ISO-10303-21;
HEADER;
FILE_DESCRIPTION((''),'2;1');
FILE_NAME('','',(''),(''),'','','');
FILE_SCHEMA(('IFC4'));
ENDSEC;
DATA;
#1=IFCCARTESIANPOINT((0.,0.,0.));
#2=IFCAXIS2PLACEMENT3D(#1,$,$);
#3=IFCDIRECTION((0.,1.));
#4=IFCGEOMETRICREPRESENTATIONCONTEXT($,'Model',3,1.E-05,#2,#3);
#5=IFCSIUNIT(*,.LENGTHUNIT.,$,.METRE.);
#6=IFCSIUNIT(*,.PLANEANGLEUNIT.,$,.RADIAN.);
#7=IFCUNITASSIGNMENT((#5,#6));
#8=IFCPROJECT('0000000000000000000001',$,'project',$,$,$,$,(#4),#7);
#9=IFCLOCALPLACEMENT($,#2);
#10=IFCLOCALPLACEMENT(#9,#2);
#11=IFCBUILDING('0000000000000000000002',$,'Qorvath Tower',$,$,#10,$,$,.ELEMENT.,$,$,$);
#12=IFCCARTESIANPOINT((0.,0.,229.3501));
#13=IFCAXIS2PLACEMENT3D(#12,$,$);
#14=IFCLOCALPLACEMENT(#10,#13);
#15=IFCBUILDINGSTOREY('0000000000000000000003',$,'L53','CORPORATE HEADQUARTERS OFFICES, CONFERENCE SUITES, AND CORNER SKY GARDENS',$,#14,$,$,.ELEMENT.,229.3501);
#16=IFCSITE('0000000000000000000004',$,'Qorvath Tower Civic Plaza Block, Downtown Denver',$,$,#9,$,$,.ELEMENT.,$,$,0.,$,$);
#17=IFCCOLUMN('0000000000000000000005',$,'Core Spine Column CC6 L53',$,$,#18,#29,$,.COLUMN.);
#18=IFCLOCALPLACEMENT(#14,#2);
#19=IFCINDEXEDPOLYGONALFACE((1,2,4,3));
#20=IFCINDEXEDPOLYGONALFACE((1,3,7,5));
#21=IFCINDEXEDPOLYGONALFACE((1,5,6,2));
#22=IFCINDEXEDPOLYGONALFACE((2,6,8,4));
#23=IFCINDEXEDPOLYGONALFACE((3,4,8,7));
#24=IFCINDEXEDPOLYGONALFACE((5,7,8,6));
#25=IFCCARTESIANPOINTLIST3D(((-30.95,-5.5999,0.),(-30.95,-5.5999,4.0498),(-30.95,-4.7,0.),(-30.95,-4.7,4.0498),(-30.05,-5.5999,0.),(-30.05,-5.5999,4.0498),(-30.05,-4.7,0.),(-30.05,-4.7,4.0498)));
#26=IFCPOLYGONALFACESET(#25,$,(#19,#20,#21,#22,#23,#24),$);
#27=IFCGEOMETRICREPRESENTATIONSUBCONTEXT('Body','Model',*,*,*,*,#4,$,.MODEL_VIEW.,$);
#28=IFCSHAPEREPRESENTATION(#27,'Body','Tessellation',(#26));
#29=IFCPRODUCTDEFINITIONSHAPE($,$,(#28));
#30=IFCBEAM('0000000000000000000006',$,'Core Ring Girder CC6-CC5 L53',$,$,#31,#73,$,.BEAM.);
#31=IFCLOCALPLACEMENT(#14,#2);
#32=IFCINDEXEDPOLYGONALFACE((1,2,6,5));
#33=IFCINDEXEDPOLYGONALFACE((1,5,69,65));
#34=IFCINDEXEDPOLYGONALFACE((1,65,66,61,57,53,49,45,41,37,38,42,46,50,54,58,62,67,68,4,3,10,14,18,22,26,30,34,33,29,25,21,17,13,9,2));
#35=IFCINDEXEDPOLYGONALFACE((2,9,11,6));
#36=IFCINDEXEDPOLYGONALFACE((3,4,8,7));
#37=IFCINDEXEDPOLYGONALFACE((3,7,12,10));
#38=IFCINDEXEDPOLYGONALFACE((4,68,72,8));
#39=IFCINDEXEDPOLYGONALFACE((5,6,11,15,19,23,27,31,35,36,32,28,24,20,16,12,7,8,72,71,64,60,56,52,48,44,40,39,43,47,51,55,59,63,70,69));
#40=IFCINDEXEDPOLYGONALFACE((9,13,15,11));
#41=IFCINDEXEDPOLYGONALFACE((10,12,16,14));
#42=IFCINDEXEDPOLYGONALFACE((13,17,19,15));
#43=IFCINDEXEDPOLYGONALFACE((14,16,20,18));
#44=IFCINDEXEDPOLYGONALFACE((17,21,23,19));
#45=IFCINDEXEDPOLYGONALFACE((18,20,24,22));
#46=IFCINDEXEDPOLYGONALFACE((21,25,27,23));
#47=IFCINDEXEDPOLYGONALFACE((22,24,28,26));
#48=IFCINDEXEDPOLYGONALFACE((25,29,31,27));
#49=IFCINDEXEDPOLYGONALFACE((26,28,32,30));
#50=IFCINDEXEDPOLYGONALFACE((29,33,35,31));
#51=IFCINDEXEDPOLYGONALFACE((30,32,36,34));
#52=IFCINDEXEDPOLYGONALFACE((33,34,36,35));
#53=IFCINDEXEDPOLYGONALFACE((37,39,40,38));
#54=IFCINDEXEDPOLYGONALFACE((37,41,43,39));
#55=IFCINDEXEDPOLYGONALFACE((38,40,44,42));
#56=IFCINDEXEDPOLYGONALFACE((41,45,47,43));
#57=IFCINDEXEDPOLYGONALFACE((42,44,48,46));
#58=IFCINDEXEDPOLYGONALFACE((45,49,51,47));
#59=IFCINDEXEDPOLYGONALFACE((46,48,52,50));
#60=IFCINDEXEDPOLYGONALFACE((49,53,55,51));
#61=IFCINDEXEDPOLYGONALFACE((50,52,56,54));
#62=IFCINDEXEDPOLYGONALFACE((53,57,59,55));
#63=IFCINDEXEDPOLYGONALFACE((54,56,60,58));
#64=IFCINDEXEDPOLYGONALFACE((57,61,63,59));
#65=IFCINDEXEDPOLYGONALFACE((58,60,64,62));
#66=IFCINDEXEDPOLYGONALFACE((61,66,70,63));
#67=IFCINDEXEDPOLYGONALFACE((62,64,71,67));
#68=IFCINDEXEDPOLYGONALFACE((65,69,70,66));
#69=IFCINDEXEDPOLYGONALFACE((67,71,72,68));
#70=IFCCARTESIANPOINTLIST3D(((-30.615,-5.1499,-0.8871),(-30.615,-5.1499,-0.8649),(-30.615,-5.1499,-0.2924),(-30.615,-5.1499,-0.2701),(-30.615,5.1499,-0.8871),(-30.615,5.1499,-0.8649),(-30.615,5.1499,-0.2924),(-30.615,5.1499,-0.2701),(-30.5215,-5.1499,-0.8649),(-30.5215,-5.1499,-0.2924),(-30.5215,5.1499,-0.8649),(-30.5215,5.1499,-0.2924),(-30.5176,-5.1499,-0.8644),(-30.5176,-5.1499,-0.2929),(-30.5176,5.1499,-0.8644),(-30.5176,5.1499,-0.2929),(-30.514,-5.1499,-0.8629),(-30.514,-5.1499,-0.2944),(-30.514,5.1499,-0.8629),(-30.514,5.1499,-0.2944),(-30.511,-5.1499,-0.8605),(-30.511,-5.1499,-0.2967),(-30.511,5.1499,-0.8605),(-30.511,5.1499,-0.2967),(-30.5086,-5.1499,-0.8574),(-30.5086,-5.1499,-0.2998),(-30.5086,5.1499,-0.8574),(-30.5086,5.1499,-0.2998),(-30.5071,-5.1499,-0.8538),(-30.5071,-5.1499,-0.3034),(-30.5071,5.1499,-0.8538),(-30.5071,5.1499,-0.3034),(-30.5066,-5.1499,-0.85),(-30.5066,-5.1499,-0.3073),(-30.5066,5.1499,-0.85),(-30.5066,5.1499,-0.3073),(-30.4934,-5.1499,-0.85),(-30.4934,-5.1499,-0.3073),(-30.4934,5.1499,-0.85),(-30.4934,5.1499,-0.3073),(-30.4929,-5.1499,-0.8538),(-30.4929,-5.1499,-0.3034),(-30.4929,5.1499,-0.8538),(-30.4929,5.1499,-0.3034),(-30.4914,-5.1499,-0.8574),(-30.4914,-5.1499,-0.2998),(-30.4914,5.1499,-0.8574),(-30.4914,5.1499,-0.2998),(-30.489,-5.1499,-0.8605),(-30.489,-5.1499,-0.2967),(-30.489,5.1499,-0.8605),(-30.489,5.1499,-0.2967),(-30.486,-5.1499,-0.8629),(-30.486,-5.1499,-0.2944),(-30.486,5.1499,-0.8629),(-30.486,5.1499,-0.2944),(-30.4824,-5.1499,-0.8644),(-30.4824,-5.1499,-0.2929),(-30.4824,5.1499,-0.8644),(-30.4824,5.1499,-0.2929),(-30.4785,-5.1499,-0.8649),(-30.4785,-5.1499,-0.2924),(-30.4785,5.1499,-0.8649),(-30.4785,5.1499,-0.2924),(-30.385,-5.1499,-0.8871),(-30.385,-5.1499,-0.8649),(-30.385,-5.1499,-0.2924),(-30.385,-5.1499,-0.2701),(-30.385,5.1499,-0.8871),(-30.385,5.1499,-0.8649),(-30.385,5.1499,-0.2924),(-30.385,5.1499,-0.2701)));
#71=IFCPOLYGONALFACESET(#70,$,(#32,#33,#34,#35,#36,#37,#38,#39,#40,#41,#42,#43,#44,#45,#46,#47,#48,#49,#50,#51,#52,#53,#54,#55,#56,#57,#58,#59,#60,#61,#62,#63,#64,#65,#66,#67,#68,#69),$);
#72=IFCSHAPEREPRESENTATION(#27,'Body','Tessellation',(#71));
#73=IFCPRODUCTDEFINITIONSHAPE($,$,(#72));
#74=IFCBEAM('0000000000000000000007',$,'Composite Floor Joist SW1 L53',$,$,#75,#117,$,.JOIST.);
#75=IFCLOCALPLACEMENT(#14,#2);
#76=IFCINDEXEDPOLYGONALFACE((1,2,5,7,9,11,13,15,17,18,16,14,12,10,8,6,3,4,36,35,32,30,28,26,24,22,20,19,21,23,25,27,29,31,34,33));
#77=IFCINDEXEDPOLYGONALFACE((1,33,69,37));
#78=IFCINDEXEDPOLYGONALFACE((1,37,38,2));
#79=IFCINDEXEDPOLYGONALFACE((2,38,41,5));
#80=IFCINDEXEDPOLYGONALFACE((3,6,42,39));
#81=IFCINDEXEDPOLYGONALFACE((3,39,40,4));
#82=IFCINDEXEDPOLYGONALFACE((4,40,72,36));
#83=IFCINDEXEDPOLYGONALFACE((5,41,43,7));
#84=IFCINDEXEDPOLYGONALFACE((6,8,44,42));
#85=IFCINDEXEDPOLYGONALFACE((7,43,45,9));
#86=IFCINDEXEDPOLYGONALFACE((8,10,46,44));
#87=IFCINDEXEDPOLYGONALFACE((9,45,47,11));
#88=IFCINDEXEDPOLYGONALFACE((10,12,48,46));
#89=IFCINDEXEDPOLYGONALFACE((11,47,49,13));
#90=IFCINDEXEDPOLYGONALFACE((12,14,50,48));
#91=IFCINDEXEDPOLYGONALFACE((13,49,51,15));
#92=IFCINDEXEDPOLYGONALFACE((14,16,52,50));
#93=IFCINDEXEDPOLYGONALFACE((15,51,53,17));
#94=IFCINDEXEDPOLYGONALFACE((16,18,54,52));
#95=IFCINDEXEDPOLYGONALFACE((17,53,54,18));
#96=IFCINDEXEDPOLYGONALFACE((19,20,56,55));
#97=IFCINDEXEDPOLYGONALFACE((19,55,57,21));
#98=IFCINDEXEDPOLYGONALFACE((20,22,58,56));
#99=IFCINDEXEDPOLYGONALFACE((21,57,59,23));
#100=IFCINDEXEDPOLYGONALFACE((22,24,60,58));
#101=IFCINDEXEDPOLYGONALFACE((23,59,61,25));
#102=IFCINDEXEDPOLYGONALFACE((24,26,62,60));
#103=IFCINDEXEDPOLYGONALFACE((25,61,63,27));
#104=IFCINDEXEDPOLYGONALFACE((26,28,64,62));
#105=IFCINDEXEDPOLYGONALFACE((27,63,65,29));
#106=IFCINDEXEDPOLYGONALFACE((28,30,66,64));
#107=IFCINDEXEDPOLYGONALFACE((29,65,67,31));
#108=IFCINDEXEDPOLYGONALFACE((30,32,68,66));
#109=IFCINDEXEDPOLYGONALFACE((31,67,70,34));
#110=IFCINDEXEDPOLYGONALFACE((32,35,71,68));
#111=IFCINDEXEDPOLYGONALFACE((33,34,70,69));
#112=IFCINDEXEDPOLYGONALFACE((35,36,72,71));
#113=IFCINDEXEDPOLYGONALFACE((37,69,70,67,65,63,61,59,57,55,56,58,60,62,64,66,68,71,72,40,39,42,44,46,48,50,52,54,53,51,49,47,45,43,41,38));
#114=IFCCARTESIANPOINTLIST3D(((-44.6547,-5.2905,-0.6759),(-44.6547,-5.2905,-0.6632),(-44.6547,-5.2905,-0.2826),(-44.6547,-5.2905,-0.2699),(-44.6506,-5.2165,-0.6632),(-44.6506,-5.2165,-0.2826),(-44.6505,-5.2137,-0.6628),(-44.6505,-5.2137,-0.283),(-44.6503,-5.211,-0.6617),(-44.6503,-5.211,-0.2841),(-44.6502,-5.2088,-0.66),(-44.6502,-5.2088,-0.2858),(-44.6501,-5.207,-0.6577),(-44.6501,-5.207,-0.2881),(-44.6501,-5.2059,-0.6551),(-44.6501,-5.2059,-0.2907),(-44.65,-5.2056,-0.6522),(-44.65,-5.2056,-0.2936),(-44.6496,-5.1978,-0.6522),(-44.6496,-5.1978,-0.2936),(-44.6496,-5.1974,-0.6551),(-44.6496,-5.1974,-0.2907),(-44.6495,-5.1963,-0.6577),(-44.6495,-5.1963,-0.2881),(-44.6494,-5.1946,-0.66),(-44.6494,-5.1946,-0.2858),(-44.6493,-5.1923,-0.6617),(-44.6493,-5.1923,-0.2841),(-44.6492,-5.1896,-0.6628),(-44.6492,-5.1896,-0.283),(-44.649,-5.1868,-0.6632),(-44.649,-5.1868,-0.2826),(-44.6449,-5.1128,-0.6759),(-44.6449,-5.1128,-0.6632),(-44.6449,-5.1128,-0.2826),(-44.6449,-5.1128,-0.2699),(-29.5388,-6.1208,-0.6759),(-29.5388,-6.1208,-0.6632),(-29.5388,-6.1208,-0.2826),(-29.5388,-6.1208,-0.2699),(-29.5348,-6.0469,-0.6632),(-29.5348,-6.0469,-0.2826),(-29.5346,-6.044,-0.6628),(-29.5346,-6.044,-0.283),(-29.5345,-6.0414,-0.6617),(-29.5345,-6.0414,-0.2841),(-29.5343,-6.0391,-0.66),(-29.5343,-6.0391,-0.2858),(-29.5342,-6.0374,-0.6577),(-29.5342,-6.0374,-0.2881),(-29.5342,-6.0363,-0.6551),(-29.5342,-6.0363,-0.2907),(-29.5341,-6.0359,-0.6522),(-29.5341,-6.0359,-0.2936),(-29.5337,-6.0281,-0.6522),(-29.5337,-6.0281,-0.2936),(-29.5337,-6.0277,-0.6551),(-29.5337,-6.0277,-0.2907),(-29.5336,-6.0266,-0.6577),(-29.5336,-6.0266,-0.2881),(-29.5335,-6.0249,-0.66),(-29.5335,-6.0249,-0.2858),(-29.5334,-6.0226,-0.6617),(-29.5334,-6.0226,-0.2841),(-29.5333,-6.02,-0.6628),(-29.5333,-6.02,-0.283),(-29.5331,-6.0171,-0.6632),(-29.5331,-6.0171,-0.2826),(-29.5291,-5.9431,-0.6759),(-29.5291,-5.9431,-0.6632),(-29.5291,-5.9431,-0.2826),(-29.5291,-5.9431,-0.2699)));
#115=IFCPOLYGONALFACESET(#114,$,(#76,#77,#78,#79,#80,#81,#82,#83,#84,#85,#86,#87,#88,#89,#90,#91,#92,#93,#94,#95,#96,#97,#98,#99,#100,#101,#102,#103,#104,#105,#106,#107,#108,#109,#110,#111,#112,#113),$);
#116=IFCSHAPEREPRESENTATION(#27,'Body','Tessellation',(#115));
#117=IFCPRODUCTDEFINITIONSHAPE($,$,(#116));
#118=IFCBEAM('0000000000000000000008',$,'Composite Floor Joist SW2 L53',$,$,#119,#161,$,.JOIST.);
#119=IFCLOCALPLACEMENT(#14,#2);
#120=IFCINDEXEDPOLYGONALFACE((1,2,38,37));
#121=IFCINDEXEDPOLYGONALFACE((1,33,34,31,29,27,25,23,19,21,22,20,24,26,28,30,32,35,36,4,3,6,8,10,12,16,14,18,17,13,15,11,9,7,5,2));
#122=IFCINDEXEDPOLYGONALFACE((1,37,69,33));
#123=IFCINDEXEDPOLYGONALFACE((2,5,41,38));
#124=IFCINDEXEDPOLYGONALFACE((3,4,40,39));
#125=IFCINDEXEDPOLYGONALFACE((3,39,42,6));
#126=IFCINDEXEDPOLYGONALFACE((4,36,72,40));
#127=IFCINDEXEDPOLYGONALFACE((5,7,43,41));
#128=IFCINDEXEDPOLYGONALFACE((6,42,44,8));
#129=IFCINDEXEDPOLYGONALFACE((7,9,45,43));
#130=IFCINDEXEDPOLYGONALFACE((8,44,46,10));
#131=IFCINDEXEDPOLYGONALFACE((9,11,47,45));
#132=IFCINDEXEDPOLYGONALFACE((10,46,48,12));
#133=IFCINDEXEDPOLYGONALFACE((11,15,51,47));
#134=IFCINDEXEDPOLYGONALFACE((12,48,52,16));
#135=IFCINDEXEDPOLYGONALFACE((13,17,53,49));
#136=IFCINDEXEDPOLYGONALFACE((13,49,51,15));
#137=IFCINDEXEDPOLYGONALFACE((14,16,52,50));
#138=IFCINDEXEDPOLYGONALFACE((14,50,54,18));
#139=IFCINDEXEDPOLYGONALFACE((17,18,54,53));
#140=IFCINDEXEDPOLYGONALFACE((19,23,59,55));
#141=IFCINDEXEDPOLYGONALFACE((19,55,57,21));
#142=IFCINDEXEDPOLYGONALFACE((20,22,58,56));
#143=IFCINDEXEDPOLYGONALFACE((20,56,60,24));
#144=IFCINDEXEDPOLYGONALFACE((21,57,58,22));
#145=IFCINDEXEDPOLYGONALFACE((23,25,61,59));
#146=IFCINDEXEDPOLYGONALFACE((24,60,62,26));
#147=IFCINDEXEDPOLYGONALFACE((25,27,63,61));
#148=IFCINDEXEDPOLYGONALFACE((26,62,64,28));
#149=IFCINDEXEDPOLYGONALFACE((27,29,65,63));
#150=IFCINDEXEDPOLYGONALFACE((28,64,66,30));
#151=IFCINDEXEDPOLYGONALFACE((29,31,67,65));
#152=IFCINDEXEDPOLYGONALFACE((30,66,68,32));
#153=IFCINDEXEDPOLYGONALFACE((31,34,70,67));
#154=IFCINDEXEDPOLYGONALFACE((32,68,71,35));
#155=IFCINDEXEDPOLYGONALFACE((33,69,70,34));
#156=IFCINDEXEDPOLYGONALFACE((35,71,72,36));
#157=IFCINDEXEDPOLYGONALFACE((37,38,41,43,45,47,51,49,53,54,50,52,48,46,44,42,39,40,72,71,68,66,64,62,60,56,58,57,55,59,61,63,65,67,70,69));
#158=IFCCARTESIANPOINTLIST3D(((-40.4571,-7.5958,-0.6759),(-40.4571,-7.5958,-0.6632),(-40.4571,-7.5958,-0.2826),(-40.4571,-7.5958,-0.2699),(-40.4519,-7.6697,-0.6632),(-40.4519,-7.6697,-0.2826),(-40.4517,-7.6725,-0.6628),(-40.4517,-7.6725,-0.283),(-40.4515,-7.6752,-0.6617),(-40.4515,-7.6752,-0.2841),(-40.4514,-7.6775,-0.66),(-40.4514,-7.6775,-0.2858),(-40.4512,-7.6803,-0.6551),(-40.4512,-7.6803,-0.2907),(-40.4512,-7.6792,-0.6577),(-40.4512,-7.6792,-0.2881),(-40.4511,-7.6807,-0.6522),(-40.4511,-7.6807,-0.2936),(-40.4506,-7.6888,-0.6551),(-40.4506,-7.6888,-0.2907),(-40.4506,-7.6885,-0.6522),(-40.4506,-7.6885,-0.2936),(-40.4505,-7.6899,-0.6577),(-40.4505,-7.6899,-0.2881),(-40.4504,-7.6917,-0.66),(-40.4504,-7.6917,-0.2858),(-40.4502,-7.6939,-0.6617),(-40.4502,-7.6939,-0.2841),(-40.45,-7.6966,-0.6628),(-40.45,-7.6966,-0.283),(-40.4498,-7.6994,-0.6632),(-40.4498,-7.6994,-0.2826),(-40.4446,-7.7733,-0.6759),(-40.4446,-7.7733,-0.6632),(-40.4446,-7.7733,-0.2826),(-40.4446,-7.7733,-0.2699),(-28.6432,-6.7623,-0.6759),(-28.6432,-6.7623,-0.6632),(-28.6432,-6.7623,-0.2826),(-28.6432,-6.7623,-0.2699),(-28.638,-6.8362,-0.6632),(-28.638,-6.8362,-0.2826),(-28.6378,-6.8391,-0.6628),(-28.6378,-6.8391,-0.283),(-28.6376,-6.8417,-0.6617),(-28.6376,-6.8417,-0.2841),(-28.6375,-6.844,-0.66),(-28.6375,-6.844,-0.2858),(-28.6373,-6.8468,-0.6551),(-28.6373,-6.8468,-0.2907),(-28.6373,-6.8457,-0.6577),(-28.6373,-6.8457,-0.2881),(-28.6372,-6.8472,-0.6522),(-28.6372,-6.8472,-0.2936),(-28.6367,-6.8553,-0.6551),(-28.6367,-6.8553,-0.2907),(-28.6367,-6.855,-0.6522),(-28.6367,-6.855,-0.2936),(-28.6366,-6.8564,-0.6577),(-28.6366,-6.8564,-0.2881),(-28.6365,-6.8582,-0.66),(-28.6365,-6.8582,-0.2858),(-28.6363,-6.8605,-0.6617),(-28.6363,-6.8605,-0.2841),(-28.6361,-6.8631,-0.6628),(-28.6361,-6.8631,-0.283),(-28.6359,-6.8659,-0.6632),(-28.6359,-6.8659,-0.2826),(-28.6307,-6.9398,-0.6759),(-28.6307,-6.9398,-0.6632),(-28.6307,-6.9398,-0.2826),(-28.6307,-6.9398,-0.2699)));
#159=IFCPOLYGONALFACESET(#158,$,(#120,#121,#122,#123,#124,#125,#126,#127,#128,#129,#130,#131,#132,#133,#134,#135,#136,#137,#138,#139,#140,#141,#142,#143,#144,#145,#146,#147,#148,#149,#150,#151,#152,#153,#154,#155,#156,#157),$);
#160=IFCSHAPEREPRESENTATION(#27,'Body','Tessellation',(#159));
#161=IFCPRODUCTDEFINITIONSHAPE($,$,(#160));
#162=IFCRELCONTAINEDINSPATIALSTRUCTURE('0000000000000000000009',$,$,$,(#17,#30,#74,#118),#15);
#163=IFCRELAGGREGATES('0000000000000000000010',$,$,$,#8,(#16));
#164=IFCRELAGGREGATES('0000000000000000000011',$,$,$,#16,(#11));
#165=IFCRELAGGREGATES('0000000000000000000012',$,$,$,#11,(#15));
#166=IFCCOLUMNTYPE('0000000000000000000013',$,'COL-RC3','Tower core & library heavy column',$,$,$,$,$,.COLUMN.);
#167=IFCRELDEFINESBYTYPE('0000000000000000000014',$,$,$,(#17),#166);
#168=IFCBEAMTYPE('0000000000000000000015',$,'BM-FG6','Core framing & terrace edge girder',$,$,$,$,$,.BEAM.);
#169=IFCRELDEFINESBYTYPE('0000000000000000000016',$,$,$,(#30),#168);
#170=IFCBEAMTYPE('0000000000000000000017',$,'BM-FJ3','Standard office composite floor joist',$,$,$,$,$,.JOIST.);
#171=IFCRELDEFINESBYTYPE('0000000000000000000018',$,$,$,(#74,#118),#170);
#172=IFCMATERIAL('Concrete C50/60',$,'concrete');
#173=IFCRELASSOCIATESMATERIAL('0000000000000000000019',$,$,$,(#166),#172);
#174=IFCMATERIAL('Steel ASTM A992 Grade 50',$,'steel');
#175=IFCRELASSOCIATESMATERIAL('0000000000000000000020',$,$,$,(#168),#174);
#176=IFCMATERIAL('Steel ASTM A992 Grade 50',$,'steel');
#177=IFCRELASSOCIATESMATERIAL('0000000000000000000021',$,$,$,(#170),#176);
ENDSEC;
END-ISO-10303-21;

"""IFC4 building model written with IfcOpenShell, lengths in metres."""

from ifc_helpers import new_model, si_unit, direction, frame, origin, origin_2d, place, context, subcontext, project, spatial, rectangle, i_section, extrude, material, material_profile, profile_set, type_object, element, save


model = new_model("IFC4")

# Units and contexts
model_context = context("Model", 3, precision=1e-05, world=origin(), true_north=direction((0.0, 1.0)))
body_context = subcontext(model_context, "Body", "Model", "MODEL_VIEW")
ifc_project = project(units=[si_unit("LENGTHUNIT", "METRE"), si_unit("PLANEANGLEUNIT", "RADIAN")], contexts=[model_context])

# Site, building, storey
site_placement = place(None, origin())
site = spatial("IfcSite", under=ifc_project, at=site_placement, Name="Qorvath Tower Civic Plaza Block, Downtown Denver", CompositionType="ELEMENT", RefElevation=0.0)
building_placement = place(site_placement, origin())
building = spatial("IfcBuilding", under=site, at=building_placement, Name="Qorvath Tower", CompositionType="ELEMENT")
storey_placement = place(building_placement, frame((0.0, 0.0, 229.3501)))
storey = spatial("IfcBuildingStorey", under=building, at=storey_placement, Name="L53", Description="CORPORATE HEADQUARTERS OFFICES, CONFERENCE SUITES, AND CORNER SKY GARDENS", CompositionType="ELEMENT", Elevation=229.3501)

# Column
ifc_material_1 = material(Name="Concrete C50/60", Category="concrete")
ifc_material_profile_1 = material_profile(ifc_material_1, rectangle(XDim=0.8999, YDim=0.8999, at=origin_2d()), Name="RC 900x900")
ifc_profile_set_1 = profile_set([ifc_material_profile_1], Name="Concrete C50/60")
column_type = type_object("IfcColumnType", Name="COL-RC3", Description="Tower core & library heavy column", PredefinedType="COLUMN", material=ifc_profile_set_1)
column_placement = place(storey_placement, frame((-30.5, -5.1499, 0.0), z_axis=(0.0, 0.0, 1.0), x_axis=(1.0, 0.0, 0.0)))
element("IfcColumn", 1, at=column_placement, inside=storey, type_object=column_type, Name="Core Spine Column CC6 L53", PredefinedType="COLUMN", context=body_context, shape_type="SweptSolid", body=[
    extrude(rectangle(XDim=0.8999, YDim=0.8999, at=origin_2d()), origin(), (0.0, 0.0, 1.0), 4.0498),
])

# Beams
ifc_material_2 = material(Name="Steel ASTM A992 Grade 50", Category="steel")
ifc_material_profile_2 = material_profile(ifc_material_2, i_section(OverallWidth=0.23, OverallDepth=0.6169, WebThickness=0.0132, FlangeThickness=0.0222, FilletRadius=0.0149, at=origin_2d()), Name="W24x94")
ifc_profile_set_2 = profile_set([ifc_material_profile_2], Name="Steel ASTM A992 Grade 50")
beam_type_1 = type_object("IfcBeamType", Name="BM-FG6", Description="Core framing & terrace edge girder", PredefinedType="BEAM", material=ifc_profile_set_2)
beam_1_placement = place(storey_placement, frame((-30.5, -5.1499, -0.5786), z_axis=(0.0, 1.0, 0.0), x_axis=(-1.0, 0.0, 0.0)))
element("IfcBeam", 2, at=beam_1_placement, inside=storey, type_object=beam_type_1, Name="Core Ring Girder CC6-CC5 L53", PredefinedType="BEAM", context=body_context, shape_type="SweptSolid", body=[
    extrude(i_section(OverallWidth=0.23, OverallDepth=0.6169, WebThickness=0.0132, FlangeThickness=0.0222, FilletRadius=0.0149, at=origin_2d()), origin(), (0.0, 0.0, 1.0), 10.2998),
])
ifc_material_3 = material(Name="Steel ASTM A992 Grade 50", Category="steel")
ifc_material_profile_3 = material_profile(ifc_material_3, i_section(OverallWidth=0.178, OverallDepth=0.406, WebThickness=0.0078, FlangeThickness=0.0127, FilletRadius=0.011, at=origin_2d()), Name="W16x40")
ifc_profile_set_3 = profile_set([ifc_material_profile_3], Name="Steel ASTM A992 Grade 50")
beam_type_2 = type_object("IfcBeamType", Name="BM-FJ3", Description="Standard office composite floor joist", PredefinedType="JOIST", material=ifc_profile_set_3)
beam_2_placement = place(storey_placement, frame((-29.5339, -6.032, -0.4729), z_axis=(-0.998495, 0.054847, 0.0), x_axis=(-0.054847, -0.998495, 0.0)))
element("IfcBeam", 3, at=beam_2_placement, inside=storey, type_object=beam_type_2, Name="Composite Floor Joist SW1 L53", PredefinedType="JOIST", context=body_context, shape_type="SweptSolid", body=[
    extrude(i_section(OverallWidth=0.178, OverallDepth=0.406, WebThickness=0.0078, FlangeThickness=0.0127, FilletRadius=0.011, at=origin_2d()), origin(), (0.0, 0.0, 1.0), 15.1387),
])
beam_3_placement = place(storey_placement, frame((-28.637, -6.8511, -0.4729), z_axis=(-0.99752, -0.070377, 0.0), x_axis=(0.070377, -0.99752, 0.0)))
element("IfcBeam", 4, at=beam_3_placement, inside=storey, type_object=beam_type_2, Name="Composite Floor Joist SW2 L53", PredefinedType="JOIST", context=body_context, shape_type="SweptSolid", body=[
    extrude(i_section(OverallWidth=0.178, OverallDepth=0.406, WebThickness=0.0078, FlangeThickness=0.0127, FilletRadius=0.011, at=origin_2d()), origin(), (0.0, 0.0, 1.0), 11.8433),
])

save(model, "model.ifc")
